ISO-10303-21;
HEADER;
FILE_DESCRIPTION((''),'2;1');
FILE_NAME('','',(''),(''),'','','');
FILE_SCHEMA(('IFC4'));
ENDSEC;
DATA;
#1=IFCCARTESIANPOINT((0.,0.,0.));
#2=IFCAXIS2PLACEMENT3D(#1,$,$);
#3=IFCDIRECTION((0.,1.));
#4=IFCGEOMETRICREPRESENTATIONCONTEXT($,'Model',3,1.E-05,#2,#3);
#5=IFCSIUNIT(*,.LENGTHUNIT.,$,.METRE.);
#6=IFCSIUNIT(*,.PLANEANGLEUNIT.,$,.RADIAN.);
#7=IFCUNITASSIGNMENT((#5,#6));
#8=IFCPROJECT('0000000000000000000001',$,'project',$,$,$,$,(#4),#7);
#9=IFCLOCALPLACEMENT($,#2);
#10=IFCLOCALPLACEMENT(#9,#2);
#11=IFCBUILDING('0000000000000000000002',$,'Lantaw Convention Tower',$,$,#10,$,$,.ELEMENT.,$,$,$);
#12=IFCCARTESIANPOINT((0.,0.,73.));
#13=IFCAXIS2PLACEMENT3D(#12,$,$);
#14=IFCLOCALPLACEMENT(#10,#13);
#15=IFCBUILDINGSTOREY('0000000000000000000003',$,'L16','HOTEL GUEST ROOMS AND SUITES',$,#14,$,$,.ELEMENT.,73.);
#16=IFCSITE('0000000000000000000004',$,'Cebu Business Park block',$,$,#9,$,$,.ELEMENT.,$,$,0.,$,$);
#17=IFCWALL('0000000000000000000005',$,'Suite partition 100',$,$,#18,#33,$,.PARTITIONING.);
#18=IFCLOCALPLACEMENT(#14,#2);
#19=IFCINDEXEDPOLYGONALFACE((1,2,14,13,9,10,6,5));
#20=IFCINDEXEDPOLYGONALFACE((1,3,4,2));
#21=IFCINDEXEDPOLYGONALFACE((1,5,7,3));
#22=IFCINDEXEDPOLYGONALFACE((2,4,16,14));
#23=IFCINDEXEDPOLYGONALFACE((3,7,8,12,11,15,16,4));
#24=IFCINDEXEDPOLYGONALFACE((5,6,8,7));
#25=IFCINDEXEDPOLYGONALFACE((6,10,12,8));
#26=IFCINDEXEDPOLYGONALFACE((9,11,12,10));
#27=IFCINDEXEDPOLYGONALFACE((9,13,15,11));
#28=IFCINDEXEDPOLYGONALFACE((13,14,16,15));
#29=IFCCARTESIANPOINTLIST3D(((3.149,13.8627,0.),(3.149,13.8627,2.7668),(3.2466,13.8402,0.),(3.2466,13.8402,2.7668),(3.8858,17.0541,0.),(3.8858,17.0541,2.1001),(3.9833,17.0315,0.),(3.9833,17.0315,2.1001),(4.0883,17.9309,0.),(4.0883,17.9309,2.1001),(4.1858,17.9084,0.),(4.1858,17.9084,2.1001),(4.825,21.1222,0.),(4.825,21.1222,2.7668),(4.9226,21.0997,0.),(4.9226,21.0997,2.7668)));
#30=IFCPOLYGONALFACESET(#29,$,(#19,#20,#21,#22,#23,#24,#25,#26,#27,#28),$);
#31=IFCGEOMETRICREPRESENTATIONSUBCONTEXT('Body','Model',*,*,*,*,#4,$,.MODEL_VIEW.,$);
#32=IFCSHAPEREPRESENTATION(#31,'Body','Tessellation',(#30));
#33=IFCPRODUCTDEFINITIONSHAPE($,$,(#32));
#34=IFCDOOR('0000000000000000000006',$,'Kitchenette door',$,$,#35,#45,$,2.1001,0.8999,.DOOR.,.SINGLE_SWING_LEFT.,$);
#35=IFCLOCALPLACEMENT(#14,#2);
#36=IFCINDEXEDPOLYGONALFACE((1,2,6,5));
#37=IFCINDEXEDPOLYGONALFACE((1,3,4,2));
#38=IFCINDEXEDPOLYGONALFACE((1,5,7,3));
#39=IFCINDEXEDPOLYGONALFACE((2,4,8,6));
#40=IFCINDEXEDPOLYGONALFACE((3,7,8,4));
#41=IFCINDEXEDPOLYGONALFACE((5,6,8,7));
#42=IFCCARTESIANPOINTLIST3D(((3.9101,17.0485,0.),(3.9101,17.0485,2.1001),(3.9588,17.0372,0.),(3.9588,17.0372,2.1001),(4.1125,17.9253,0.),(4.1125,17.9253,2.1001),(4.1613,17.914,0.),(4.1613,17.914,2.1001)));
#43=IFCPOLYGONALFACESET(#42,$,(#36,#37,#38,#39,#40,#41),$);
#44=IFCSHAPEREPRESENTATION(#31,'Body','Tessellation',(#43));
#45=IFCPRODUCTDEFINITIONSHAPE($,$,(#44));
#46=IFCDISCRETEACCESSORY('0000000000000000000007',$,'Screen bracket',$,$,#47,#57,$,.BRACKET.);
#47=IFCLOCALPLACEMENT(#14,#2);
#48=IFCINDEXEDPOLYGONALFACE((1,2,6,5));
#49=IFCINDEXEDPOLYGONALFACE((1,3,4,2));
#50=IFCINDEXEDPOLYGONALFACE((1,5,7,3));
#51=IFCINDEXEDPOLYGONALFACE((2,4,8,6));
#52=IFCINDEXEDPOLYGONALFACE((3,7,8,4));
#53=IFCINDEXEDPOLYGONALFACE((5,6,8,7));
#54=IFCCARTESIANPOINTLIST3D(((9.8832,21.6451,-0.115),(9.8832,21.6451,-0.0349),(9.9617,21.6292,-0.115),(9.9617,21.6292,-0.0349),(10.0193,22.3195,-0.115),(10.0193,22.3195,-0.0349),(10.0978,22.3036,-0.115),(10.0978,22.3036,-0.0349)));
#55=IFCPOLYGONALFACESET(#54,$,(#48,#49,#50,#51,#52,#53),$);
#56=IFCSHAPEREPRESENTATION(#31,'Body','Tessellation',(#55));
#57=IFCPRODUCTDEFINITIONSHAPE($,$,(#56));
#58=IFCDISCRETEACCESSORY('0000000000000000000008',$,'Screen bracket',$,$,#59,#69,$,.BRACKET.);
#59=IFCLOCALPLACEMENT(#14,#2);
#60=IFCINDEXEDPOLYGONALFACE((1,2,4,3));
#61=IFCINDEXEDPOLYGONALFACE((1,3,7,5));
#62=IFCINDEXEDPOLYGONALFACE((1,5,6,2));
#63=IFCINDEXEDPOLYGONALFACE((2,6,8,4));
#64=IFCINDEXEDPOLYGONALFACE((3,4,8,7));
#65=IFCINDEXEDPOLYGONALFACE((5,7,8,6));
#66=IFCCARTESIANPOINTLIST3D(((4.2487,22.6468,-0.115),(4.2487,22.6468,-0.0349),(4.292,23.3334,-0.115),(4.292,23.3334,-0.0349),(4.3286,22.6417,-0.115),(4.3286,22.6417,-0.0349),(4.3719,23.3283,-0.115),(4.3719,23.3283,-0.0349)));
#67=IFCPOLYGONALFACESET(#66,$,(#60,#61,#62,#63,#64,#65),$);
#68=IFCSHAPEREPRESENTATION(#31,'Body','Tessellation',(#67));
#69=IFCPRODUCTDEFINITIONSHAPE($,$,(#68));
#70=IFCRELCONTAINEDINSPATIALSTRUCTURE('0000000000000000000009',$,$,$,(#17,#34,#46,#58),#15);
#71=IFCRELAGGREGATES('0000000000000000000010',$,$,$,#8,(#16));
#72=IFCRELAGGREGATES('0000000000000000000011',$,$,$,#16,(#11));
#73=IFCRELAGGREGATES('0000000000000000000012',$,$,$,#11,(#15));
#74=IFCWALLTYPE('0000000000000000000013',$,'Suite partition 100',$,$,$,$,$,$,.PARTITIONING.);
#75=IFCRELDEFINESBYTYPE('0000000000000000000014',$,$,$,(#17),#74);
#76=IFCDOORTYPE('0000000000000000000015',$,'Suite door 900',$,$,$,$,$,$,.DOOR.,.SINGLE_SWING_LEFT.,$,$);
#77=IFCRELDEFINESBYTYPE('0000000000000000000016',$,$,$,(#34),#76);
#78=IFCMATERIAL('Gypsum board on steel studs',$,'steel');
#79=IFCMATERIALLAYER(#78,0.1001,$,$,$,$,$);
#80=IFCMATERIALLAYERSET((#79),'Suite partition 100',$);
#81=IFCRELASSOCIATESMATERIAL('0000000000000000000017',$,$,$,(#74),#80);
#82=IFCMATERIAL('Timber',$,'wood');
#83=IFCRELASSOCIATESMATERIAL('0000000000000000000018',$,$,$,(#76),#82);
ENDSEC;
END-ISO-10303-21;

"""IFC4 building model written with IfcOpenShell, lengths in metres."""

from ifc_helpers import new_model, si_unit, direction, frame, frame_2d, origin, origin_2d, place, context, subcontext, project, spatial, rectangle, extrude, material, layer, layer_set, type_object, element, fill, save


model = new_model("IFC4")

# Units and contexts
model_context = context("Model", 3, precision=1e-05, world=origin(), true_north=direction((0.0, 1.0)))
body_context = subcontext(model_context, "Body", "Model", "MODEL_VIEW")
ifc_project = project(units=[si_unit("LENGTHUNIT", "METRE"), si_unit("PLANEANGLEUNIT", "RADIAN")], contexts=[model_context])

# Site, building, storey
site_placement = place(None, origin())
site = spatial("IfcSite", under=ifc_project, at=site_placement, Name="Cebu Business Park block", CompositionType="ELEMENT", RefElevation=0.0)
building_placement = place(site_placement, origin())
building = spatial("IfcBuilding", under=site, at=building_placement, Name="Lantaw Convention Tower", CompositionType="ELEMENT")
storey_placement = place(building_placement, frame((0.0, 0.0, 73.0)))
storey = spatial("IfcBuildingStorey", under=building, at=storey_placement, Name="L16", Description="HOTEL GUEST ROOMS AND SUITES", CompositionType="ELEMENT", Elevation=73.0)

# Wall, opening, door
ifc_material_1 = material(Name="Gypsum board on steel studs", Category="steel")
ifc_layer_1 = layer(ifc_material_1, 0.1001)
ifc_layer_set_1 = layer_set([ifc_layer_1], Name="Suite partition 100")
wall_type_1 = type_object("IfcWallType", Name="Suite partition 100", PredefinedType="PARTITIONING", material=ifc_layer_set_1)
wall_1_placement = place(storey_placement, frame((4.8738, 21.1108, 0.0), z_axis=(0.0, 0.0, 1.0), x_axis=(-0.224955, -0.974369, 0.0)))
wall_1 = element("IfcWall", 1, at=wall_1_placement, inside=storey, type_object=wall_type_1, Name="Suite partition 100", PredefinedType="PARTITIONING", context=body_context, shape_type="SweptSolid", body=[
    extrude(rectangle(XDim=7.4504, YDim=0.1001, at=frame_2d((3.7251, 0.0))), origin(), (0.0, 0.0, 1.0), 2.7668),
])
opening_1_placement = place(wall_1_placement, frame((3.2751, 0.0, 0.0)))
opening_1 = element("IfcOpeningElement", 2, at=opening_1_placement, cuts=wall_1, PredefinedType="OPENING", context=body_context, shape_type="SweptSolid", body=[
    extrude(rectangle(XDim=0.8999, YDim=2.1001, at=frame_2d((0.45, 1.05))), frame((0.0, 0.0601, 0.0), z_axis=(0.0, -1.0, 0.0), x_axis=(1.0, 0.0, 0.0)), (0.0, 0.0, 1.0), 0.1201),
])
ifc_material_2 = material(Name="Timber", Category="wood")
door_type = type_object("IfcDoorType", Name="Suite door 900", OperationType="SINGLE_SWING_LEFT", PredefinedType="DOOR", material=ifc_material_2)
door_placement = place(opening_1_placement, origin())
door = element("IfcDoor", 3, at=door_placement, inside=storey, type_object=door_type, Name="Kitchenette door", OperationType="SINGLE_SWING_LEFT", OverallHeight=2.1001, OverallWidth=0.8999, PredefinedType="DOOR", context=body_context, shape_type="SweptSolid", body=[
    extrude(rectangle(XDim=0.8999, YDim=2.1001, at=frame_2d((0.45, 1.05))), frame((0.0, 0.0249, 0.0), z_axis=(0.0, -1.0, 0.0), x_axis=(1.0, 0.0, 0.0)), (0.0, 0.0, 1.0), 0.05),
])
fill(opening_1, door)

# Discrete accessories
for number, where, z_axis, x_axis, name in (
    (4, (9.9905, 21.9744, -0.115), (0.0, 0.0, 1.0), (-0.980245, 0.197789, 0.0), "Screen bracket"),
    (5, (4.3103, 22.9875, -0.115), (0.0, 0.0, 1.0), (-0.998016, 0.062958, 0.0), "Screen bracket"),
):
    element("IfcDiscreteAccessory", number, at=place(storey_placement, frame(where, z_axis=z_axis, x_axis=x_axis)), inside=storey, Name=name, PredefinedType="BRACKET", context=body_context, shape_type="SweptSolid", body=[
        extrude(rectangle(XDim=0.0801, YDim=0.688, at=origin_2d()), origin(), (0.0, 0.0, 1.0), 0.0801),
    ])

save(model, "model.ifc")
